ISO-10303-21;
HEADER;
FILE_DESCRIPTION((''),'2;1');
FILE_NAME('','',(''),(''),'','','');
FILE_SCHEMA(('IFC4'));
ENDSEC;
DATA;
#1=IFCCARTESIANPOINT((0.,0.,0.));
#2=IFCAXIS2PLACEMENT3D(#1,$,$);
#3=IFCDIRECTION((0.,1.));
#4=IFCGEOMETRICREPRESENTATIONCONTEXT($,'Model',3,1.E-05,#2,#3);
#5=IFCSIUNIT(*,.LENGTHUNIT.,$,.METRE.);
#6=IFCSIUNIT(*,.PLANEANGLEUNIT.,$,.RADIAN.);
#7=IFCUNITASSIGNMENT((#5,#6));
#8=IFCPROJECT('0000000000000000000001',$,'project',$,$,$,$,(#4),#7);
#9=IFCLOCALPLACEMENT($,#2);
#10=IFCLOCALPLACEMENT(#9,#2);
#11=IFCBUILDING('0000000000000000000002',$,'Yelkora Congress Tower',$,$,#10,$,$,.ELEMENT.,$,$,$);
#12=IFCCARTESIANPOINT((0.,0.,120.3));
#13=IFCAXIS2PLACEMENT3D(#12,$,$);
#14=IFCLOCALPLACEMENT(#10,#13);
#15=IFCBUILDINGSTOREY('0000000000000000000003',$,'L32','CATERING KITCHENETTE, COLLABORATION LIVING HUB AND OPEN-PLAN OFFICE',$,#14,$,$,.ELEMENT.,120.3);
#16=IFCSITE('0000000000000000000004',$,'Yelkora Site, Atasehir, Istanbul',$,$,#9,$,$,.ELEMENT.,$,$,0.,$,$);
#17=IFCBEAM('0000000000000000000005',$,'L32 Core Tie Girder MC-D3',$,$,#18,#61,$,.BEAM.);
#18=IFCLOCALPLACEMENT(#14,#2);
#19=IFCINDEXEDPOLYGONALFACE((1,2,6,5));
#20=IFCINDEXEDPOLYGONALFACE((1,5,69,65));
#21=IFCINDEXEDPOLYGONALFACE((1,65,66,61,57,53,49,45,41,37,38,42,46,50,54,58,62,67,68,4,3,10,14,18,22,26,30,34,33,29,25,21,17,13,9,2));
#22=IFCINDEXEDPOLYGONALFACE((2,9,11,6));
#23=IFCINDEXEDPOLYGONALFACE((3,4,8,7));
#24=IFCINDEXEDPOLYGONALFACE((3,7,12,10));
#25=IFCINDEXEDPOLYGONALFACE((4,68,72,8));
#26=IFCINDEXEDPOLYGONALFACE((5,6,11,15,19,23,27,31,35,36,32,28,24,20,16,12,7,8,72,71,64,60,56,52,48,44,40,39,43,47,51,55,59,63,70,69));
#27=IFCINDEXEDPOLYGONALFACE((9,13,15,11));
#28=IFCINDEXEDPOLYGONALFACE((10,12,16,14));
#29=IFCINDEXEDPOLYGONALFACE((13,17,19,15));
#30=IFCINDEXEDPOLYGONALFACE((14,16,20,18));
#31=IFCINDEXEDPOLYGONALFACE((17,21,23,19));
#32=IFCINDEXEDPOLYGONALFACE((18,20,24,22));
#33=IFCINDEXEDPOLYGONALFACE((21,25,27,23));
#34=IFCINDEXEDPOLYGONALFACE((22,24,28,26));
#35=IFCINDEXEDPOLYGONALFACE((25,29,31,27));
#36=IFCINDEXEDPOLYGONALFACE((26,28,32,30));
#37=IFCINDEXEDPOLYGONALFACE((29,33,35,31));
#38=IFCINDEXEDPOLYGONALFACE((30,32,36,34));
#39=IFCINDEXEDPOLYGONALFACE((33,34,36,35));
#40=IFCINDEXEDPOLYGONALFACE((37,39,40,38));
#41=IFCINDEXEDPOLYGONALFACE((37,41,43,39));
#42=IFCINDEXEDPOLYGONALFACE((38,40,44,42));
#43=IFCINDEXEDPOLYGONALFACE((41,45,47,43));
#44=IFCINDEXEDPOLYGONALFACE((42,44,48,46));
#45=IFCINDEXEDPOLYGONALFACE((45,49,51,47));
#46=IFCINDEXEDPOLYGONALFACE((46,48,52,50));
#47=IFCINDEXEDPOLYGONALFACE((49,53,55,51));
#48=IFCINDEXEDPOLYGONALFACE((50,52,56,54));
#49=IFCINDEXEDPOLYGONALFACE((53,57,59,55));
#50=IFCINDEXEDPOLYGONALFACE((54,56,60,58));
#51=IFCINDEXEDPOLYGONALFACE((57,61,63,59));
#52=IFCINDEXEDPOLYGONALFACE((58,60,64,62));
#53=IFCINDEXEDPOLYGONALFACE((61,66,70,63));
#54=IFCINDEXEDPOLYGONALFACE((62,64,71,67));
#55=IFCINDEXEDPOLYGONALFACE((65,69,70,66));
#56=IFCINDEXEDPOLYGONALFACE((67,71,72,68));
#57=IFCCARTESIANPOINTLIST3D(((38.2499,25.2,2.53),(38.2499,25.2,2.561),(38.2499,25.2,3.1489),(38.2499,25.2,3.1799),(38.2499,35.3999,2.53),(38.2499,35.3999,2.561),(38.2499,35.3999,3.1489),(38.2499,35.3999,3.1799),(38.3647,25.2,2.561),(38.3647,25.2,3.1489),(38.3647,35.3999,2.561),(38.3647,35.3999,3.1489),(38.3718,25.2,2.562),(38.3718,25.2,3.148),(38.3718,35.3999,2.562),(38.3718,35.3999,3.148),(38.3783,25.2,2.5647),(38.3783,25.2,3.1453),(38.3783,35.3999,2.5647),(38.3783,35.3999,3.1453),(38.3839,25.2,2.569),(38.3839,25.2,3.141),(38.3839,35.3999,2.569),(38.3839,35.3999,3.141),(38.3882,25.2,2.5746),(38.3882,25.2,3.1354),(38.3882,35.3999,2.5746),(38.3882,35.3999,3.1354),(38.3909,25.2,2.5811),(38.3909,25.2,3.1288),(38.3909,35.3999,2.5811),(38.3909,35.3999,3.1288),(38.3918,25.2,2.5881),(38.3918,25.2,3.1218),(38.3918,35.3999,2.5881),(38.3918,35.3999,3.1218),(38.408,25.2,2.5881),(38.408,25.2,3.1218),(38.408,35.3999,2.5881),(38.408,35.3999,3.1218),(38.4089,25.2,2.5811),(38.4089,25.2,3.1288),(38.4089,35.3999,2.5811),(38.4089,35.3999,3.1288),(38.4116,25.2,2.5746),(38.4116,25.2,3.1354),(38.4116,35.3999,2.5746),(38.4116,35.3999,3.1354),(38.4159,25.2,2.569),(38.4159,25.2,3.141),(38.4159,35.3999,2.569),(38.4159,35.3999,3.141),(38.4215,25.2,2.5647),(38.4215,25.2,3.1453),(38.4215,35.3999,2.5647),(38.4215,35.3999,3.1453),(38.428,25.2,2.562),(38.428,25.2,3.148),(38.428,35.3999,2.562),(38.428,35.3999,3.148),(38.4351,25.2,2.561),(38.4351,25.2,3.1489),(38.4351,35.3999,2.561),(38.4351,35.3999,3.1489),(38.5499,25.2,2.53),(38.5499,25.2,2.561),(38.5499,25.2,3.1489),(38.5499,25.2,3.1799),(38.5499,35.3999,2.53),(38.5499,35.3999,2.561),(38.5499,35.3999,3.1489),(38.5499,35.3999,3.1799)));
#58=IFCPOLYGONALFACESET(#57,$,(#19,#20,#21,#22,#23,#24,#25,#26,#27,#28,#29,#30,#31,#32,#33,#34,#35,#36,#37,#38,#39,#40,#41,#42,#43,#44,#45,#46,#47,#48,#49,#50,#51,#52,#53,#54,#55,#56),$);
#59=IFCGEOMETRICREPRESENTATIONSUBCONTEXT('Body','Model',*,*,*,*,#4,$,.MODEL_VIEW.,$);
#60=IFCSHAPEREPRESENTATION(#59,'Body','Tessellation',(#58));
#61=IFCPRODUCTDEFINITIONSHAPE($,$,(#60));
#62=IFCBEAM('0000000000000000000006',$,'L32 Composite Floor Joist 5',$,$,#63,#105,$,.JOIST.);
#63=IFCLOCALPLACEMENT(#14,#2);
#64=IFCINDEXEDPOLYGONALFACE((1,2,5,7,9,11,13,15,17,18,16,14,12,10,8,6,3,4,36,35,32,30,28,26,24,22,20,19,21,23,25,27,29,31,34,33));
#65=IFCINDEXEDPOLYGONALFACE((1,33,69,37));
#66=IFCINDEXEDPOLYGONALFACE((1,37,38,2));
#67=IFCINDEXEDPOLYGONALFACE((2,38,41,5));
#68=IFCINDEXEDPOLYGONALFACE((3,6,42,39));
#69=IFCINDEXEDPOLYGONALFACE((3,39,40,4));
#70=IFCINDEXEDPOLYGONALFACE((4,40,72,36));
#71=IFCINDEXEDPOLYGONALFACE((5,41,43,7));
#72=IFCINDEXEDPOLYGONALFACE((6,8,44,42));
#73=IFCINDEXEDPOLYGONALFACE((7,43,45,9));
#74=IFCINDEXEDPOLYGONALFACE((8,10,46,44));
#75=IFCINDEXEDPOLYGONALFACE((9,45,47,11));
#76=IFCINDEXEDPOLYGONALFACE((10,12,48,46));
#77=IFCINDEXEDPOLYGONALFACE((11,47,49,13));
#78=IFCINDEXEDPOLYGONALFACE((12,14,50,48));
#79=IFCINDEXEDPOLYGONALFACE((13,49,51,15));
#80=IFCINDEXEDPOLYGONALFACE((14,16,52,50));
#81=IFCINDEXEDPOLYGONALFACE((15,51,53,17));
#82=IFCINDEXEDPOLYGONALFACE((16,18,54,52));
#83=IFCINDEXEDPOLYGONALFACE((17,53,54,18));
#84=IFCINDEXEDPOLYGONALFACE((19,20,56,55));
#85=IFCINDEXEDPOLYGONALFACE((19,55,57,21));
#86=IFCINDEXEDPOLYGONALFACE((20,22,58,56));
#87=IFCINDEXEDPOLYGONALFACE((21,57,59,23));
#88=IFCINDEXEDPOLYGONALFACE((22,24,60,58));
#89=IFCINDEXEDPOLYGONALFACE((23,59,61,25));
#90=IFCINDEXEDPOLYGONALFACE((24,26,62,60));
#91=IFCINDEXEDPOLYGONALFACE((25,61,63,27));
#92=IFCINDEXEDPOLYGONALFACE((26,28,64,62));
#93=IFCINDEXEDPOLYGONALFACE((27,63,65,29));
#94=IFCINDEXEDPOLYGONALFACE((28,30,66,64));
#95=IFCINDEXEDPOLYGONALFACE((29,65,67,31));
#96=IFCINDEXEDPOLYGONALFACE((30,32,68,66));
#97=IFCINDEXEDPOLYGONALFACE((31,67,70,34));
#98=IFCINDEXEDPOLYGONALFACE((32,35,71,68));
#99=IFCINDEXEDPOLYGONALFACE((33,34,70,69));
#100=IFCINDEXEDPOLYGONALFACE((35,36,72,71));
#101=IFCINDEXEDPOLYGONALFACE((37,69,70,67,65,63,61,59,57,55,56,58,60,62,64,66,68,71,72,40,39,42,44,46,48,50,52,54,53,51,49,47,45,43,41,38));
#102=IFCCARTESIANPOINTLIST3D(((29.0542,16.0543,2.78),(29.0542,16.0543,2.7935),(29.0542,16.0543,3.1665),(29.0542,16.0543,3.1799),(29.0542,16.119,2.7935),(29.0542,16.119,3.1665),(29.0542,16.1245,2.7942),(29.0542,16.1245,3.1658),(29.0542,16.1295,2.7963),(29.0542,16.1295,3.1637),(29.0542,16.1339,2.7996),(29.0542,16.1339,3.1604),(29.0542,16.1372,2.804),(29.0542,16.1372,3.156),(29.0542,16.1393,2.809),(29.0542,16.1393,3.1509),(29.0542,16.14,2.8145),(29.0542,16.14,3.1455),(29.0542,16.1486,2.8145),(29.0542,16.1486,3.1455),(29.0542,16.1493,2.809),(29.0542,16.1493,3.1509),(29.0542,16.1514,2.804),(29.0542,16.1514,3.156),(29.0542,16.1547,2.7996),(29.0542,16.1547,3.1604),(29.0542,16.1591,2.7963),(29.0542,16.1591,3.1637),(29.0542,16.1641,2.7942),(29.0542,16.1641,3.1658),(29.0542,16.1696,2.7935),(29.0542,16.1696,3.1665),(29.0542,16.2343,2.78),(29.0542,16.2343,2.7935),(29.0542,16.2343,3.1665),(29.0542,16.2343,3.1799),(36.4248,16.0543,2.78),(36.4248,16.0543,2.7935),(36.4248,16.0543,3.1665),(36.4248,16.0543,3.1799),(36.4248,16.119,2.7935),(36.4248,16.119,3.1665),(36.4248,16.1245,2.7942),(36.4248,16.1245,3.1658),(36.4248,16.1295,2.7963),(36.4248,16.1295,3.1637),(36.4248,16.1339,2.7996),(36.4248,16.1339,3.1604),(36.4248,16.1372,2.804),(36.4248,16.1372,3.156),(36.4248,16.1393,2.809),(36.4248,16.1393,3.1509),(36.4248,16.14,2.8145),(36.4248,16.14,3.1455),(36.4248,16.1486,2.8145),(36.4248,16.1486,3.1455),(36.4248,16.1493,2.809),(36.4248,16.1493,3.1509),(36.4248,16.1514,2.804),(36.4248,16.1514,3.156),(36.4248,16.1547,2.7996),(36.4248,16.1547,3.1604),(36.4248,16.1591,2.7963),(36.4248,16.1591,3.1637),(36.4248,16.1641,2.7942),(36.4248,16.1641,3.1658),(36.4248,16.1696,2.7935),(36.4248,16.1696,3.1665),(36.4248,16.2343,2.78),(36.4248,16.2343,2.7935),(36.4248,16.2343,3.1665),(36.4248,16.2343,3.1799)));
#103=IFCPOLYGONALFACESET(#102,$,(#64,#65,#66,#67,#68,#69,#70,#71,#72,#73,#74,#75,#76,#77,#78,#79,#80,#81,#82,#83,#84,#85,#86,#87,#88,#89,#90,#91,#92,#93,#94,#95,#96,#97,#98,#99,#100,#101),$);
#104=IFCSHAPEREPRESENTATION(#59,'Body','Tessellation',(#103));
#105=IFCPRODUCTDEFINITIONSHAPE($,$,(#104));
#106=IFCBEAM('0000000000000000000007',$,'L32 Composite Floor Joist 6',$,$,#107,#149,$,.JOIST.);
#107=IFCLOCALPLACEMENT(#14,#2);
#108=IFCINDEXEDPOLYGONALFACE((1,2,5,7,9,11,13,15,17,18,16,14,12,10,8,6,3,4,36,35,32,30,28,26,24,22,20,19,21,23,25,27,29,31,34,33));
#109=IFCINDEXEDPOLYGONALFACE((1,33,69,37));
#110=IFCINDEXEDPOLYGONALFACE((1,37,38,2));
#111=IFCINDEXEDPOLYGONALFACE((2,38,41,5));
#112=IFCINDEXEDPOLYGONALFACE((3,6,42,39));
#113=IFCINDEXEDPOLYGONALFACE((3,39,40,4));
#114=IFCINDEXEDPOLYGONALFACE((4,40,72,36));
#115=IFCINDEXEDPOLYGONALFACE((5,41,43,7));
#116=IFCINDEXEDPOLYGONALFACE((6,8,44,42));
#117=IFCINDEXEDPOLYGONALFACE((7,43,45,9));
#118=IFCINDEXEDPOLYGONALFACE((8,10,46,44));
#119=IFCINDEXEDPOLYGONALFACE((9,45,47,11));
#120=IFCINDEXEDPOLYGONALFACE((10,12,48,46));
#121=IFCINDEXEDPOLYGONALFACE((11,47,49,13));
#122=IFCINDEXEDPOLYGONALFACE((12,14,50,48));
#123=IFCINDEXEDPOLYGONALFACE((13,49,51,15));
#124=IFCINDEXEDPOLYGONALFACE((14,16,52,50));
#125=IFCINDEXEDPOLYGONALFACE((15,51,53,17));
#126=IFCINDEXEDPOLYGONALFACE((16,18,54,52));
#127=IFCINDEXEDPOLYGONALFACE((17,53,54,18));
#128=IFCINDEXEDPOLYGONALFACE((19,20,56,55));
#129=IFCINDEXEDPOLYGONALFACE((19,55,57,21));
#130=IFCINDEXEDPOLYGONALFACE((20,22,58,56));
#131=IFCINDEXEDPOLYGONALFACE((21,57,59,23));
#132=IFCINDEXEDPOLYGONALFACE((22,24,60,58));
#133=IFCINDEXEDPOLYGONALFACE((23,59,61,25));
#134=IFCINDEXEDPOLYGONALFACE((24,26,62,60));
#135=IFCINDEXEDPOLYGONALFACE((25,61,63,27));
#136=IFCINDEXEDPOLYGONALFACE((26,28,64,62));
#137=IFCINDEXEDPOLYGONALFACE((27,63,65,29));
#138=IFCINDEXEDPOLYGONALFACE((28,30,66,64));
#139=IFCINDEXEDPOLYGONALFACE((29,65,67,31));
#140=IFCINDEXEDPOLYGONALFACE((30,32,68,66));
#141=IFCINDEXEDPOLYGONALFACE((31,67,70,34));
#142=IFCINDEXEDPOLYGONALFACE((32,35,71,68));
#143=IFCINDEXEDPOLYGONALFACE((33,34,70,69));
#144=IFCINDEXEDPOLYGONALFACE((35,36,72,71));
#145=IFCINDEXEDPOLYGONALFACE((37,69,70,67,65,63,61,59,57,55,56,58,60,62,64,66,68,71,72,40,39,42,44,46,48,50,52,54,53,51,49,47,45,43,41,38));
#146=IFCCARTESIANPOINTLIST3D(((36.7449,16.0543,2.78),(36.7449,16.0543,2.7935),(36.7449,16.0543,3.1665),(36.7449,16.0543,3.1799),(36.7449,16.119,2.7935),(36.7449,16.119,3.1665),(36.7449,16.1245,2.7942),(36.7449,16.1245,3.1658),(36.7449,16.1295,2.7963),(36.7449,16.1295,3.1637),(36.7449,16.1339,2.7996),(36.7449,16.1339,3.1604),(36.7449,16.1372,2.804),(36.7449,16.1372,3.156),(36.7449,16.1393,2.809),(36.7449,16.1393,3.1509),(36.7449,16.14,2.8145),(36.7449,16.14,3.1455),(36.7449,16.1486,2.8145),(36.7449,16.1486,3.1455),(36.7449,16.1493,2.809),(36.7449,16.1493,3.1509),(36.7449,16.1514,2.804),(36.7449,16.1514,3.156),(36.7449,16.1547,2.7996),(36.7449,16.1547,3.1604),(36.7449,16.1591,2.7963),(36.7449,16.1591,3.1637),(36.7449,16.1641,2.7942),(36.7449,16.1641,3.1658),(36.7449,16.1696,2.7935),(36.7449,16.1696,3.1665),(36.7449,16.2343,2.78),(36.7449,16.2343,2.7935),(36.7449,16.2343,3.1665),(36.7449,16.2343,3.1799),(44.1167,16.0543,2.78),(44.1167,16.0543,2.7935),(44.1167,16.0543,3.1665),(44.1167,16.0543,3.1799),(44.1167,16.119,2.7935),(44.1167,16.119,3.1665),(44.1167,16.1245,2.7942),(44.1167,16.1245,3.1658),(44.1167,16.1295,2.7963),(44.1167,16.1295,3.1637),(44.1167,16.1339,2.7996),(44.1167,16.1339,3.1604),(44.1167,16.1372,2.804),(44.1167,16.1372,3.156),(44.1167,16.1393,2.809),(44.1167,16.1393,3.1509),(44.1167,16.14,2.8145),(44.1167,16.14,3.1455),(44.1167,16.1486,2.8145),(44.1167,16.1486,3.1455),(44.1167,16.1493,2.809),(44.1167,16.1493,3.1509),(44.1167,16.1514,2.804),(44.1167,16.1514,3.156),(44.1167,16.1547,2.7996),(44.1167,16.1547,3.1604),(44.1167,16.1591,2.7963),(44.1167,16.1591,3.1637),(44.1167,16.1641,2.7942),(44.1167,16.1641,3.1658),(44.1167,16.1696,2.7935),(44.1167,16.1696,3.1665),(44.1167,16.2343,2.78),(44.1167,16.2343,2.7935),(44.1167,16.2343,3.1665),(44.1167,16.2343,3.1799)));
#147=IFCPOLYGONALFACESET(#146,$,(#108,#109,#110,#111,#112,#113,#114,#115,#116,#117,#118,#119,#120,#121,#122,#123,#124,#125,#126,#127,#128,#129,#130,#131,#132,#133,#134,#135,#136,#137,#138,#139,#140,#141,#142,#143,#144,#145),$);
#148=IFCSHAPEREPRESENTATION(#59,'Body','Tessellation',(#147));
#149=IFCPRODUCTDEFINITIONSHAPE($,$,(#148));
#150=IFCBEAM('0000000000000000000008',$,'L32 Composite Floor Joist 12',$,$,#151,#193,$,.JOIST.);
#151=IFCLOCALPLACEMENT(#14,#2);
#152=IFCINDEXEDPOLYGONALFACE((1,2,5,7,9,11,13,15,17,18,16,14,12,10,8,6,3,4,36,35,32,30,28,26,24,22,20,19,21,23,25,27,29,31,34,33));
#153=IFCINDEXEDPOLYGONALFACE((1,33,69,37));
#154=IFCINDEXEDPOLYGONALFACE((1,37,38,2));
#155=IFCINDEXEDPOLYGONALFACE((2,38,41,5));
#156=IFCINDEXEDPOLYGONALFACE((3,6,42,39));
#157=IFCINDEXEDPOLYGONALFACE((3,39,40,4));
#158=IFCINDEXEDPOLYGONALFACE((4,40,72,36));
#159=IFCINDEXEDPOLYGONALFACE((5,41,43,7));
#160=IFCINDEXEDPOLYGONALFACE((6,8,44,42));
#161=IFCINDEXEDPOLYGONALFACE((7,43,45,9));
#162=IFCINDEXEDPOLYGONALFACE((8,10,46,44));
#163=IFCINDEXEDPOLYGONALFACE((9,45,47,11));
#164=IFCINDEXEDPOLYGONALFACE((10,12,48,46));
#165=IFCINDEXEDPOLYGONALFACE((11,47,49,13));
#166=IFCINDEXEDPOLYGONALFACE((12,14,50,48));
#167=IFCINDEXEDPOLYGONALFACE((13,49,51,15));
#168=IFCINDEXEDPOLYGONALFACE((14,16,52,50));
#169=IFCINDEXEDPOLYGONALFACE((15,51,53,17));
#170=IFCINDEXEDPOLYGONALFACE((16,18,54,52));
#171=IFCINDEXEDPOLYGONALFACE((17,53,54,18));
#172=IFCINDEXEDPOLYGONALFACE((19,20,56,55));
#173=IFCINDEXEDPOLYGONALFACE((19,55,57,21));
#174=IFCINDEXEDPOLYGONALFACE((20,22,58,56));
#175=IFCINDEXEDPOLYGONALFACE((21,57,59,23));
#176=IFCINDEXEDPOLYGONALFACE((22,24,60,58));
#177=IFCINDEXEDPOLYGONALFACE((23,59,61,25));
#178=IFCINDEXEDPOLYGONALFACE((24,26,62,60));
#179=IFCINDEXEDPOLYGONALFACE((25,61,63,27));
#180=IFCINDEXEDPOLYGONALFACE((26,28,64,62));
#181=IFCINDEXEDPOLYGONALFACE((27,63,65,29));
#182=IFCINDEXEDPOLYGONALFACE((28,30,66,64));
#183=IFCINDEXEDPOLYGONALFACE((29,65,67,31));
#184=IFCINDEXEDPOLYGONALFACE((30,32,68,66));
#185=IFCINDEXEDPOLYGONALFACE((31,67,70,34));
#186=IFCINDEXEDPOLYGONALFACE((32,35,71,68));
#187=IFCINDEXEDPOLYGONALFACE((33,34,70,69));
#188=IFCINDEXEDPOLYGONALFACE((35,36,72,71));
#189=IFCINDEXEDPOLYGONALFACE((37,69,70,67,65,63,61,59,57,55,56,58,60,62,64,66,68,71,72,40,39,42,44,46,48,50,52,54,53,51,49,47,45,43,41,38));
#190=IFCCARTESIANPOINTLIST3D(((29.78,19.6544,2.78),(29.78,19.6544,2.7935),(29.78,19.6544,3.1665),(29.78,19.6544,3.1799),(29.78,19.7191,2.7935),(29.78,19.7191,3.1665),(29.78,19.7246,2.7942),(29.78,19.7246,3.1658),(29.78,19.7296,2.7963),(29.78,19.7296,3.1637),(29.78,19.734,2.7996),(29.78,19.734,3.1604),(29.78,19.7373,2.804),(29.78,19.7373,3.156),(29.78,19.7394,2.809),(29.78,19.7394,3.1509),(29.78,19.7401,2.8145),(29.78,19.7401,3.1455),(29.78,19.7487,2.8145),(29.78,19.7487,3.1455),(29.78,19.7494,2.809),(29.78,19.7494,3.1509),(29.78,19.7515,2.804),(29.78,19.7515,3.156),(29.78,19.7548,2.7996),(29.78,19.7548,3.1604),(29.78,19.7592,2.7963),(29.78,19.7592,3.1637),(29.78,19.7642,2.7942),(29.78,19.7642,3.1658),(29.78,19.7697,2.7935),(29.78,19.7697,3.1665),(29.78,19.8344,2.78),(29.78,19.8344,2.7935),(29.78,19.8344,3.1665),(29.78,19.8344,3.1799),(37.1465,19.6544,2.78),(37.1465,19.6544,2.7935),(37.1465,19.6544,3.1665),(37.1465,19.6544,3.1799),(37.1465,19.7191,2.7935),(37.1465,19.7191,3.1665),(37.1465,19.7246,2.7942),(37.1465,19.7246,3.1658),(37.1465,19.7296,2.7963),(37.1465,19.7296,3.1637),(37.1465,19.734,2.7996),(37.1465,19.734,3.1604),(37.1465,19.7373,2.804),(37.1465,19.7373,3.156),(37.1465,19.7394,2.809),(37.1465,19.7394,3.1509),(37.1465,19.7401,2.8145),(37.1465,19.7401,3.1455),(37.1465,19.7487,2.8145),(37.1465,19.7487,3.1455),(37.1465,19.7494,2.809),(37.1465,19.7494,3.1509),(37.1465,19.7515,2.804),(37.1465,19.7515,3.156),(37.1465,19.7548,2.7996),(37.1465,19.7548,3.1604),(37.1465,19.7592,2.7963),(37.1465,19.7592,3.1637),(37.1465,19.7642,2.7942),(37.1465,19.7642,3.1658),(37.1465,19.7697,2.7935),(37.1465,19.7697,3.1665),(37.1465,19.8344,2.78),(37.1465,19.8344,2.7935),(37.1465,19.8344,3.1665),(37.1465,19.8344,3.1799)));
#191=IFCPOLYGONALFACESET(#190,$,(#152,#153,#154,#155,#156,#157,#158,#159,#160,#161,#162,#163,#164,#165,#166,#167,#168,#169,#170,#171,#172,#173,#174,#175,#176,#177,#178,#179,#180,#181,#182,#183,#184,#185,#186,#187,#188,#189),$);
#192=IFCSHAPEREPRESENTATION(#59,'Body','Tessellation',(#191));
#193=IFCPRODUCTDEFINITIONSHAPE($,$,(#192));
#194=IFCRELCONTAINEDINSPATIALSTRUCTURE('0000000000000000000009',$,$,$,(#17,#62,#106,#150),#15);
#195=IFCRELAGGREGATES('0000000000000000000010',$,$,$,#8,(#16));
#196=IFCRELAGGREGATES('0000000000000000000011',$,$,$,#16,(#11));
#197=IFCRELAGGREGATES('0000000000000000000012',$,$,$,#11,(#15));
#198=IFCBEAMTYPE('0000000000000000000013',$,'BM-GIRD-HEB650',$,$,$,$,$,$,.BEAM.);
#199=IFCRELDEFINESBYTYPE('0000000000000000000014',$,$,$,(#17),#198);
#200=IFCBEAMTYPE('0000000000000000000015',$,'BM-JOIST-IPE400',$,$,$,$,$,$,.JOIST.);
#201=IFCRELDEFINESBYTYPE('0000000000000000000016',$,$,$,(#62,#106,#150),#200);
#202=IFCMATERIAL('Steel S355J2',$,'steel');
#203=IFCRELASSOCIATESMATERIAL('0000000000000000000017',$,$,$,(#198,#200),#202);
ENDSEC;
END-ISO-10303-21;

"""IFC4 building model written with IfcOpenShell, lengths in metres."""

from ifc_helpers import new_model, si_unit, direction, frame, origin, origin_2d, place, context, subcontext, project, spatial, i_section, extrude, material, material_profile, profile_set, type_object, element, save


model = new_model("IFC4")

# Units and contexts
model_context = context("Model", 3, precision=1e-05, world=origin(), true_north=direction((0.0, 1.0)))
body_context = subcontext(model_context, "Body", "Model", "MODEL_VIEW")
ifc_project = project(units=[si_unit("LENGTHUNIT", "METRE"), si_unit("PLANEANGLEUNIT", "RADIAN")], contexts=[model_context])

# Site, building, storey
site_placement = place(None, origin())
site = spatial("IfcSite", under=ifc_project, at=site_placement, Name="Yelkora Site, Atasehir, Istanbul", CompositionType="ELEMENT", RefElevation=0.0)
building_placement = place(site_placement, origin())
building = spatial("IfcBuilding", under=site, at=building_placement, Name="Yelkora Congress Tower", CompositionType="ELEMENT")
storey_placement = place(building_placement, frame((0.0, 0.0, 120.3)))
storey = spatial("IfcBuildingStorey", under=building, at=storey_placement, Name="L32", Description="CATERING KITCHENETTE, COLLABORATION LIVING HUB AND OPEN-PLAN OFFICE", CompositionType="ELEMENT", Elevation=120.3)

# Beams
ifc_material_1 = material(Name="Steel S355J2", Category="steel")
ifc_material_profile_1 = material_profile(ifc_material_1, i_section(OverallWidth=0.3, OverallDepth=0.6499, WebThickness=0.0161, FlangeThickness=0.031, FilletRadius=0.0271, at=origin_2d()), Name="HEB 650")
ifc_profile_set_1 = profile_set([ifc_material_profile_1], Name="Steel S355J2")
beam_type_1 = type_object("IfcBeamType", Name="BM-GIRD-HEB650", PredefinedType="BEAM", material=ifc_profile_set_1)
for number, where, z_axis, x_axis, name in (
    (1, (38.3999, 25.2, 2.855), (0.0, 1.0, 0.0), (-1.0, 0.0, 0.0), "L32 Core Tie Girder MC-D3"),
):
    element("IfcBeam", number, at=place(storey_placement, frame(where, z_axis=z_axis, x_axis=x_axis)), inside=storey, type_object=beam_type_1, Name=name, PredefinedType="BEAM", context=body_context, shape_type="SweptSolid", body=[
        extrude(i_section(OverallWidth=0.3, OverallDepth=0.6499, WebThickness=0.0161, FlangeThickness=0.031, FilletRadius=0.0271, at=origin_2d()), origin(), (0.0, 0.0, 1.0), 10.2),
    ])
ifc_material_profile_2 = material_profile(ifc_material_1, i_section(OverallWidth=0.1799, OverallDepth=0.3999, WebThickness=0.0085, FlangeThickness=0.0134, FilletRadius=0.021, at=origin_2d()), Name="IPE 400")
ifc_profile_set_2 = profile_set([ifc_material_profile_2], Name="Steel S355J2")
beam_type_2 = type_object("IfcBeamType", Name="BM-JOIST-IPE400", PredefinedType="JOIST", material=ifc_profile_set_2)
beam_1_placement = place(storey_placement, frame((29.0542, 16.1443, 2.98), z_axis=(1.0, 0.0, 0.0), x_axis=(0.0, 1.0, 0.0)))
element("IfcBeam", 2, at=beam_1_placement, inside=storey, type_object=beam_type_2, Name="L32 Composite Floor Joist 5", PredefinedType="JOIST", context=body_context, shape_type="SweptSolid", body=[
    extrude(i_section(OverallWidth=0.1799, OverallDepth=0.3999, WebThickness=0.0085, FlangeThickness=0.0134, FilletRadius=0.021, at=origin_2d()), origin(), (0.0, 0.0, 1.0), 7.3706),
])
beam_2_placement = place(storey_placement, frame((36.7449, 16.1443, 2.98), z_axis=(1.0, 0.0, 0.0), x_axis=(0.0, 1.0, 0.0)))
element("IfcBeam", 3, at=beam_2_placement, inside=storey, type_object=beam_type_2, Name="L32 Composite Floor Joist 6", PredefinedType="JOIST", context=body_context, shape_type="SweptSolid", body=[
    extrude(i_section(OverallWidth=0.1799, OverallDepth=0.3999, WebThickness=0.0085, FlangeThickness=0.0134, FilletRadius=0.021, at=origin_2d()), origin(), (0.0, 0.0, 1.0), 7.3718),
])
beam_3_placement = place(storey_placement, frame((29.78, 19.7444, 2.98), z_axis=(1.0, 0.0, 0.0), x_axis=(0.0, 1.0, 0.0)))
element("IfcBeam", 4, at=beam_3_placement, inside=storey, type_object=beam_type_2, Name="L32 Composite Floor Joist 12", PredefinedType="JOIST", context=body_context, shape_type="SweptSolid", body=[
    extrude(i_section(OverallWidth=0.1799, OverallDepth=0.3999, WebThickness=0.0085, FlangeThickness=0.0134, FilletRadius=0.021, at=origin_2d()), origin(), (0.0, 0.0, 1.0), 7.3665),
])

save(model, "model.ifc")
